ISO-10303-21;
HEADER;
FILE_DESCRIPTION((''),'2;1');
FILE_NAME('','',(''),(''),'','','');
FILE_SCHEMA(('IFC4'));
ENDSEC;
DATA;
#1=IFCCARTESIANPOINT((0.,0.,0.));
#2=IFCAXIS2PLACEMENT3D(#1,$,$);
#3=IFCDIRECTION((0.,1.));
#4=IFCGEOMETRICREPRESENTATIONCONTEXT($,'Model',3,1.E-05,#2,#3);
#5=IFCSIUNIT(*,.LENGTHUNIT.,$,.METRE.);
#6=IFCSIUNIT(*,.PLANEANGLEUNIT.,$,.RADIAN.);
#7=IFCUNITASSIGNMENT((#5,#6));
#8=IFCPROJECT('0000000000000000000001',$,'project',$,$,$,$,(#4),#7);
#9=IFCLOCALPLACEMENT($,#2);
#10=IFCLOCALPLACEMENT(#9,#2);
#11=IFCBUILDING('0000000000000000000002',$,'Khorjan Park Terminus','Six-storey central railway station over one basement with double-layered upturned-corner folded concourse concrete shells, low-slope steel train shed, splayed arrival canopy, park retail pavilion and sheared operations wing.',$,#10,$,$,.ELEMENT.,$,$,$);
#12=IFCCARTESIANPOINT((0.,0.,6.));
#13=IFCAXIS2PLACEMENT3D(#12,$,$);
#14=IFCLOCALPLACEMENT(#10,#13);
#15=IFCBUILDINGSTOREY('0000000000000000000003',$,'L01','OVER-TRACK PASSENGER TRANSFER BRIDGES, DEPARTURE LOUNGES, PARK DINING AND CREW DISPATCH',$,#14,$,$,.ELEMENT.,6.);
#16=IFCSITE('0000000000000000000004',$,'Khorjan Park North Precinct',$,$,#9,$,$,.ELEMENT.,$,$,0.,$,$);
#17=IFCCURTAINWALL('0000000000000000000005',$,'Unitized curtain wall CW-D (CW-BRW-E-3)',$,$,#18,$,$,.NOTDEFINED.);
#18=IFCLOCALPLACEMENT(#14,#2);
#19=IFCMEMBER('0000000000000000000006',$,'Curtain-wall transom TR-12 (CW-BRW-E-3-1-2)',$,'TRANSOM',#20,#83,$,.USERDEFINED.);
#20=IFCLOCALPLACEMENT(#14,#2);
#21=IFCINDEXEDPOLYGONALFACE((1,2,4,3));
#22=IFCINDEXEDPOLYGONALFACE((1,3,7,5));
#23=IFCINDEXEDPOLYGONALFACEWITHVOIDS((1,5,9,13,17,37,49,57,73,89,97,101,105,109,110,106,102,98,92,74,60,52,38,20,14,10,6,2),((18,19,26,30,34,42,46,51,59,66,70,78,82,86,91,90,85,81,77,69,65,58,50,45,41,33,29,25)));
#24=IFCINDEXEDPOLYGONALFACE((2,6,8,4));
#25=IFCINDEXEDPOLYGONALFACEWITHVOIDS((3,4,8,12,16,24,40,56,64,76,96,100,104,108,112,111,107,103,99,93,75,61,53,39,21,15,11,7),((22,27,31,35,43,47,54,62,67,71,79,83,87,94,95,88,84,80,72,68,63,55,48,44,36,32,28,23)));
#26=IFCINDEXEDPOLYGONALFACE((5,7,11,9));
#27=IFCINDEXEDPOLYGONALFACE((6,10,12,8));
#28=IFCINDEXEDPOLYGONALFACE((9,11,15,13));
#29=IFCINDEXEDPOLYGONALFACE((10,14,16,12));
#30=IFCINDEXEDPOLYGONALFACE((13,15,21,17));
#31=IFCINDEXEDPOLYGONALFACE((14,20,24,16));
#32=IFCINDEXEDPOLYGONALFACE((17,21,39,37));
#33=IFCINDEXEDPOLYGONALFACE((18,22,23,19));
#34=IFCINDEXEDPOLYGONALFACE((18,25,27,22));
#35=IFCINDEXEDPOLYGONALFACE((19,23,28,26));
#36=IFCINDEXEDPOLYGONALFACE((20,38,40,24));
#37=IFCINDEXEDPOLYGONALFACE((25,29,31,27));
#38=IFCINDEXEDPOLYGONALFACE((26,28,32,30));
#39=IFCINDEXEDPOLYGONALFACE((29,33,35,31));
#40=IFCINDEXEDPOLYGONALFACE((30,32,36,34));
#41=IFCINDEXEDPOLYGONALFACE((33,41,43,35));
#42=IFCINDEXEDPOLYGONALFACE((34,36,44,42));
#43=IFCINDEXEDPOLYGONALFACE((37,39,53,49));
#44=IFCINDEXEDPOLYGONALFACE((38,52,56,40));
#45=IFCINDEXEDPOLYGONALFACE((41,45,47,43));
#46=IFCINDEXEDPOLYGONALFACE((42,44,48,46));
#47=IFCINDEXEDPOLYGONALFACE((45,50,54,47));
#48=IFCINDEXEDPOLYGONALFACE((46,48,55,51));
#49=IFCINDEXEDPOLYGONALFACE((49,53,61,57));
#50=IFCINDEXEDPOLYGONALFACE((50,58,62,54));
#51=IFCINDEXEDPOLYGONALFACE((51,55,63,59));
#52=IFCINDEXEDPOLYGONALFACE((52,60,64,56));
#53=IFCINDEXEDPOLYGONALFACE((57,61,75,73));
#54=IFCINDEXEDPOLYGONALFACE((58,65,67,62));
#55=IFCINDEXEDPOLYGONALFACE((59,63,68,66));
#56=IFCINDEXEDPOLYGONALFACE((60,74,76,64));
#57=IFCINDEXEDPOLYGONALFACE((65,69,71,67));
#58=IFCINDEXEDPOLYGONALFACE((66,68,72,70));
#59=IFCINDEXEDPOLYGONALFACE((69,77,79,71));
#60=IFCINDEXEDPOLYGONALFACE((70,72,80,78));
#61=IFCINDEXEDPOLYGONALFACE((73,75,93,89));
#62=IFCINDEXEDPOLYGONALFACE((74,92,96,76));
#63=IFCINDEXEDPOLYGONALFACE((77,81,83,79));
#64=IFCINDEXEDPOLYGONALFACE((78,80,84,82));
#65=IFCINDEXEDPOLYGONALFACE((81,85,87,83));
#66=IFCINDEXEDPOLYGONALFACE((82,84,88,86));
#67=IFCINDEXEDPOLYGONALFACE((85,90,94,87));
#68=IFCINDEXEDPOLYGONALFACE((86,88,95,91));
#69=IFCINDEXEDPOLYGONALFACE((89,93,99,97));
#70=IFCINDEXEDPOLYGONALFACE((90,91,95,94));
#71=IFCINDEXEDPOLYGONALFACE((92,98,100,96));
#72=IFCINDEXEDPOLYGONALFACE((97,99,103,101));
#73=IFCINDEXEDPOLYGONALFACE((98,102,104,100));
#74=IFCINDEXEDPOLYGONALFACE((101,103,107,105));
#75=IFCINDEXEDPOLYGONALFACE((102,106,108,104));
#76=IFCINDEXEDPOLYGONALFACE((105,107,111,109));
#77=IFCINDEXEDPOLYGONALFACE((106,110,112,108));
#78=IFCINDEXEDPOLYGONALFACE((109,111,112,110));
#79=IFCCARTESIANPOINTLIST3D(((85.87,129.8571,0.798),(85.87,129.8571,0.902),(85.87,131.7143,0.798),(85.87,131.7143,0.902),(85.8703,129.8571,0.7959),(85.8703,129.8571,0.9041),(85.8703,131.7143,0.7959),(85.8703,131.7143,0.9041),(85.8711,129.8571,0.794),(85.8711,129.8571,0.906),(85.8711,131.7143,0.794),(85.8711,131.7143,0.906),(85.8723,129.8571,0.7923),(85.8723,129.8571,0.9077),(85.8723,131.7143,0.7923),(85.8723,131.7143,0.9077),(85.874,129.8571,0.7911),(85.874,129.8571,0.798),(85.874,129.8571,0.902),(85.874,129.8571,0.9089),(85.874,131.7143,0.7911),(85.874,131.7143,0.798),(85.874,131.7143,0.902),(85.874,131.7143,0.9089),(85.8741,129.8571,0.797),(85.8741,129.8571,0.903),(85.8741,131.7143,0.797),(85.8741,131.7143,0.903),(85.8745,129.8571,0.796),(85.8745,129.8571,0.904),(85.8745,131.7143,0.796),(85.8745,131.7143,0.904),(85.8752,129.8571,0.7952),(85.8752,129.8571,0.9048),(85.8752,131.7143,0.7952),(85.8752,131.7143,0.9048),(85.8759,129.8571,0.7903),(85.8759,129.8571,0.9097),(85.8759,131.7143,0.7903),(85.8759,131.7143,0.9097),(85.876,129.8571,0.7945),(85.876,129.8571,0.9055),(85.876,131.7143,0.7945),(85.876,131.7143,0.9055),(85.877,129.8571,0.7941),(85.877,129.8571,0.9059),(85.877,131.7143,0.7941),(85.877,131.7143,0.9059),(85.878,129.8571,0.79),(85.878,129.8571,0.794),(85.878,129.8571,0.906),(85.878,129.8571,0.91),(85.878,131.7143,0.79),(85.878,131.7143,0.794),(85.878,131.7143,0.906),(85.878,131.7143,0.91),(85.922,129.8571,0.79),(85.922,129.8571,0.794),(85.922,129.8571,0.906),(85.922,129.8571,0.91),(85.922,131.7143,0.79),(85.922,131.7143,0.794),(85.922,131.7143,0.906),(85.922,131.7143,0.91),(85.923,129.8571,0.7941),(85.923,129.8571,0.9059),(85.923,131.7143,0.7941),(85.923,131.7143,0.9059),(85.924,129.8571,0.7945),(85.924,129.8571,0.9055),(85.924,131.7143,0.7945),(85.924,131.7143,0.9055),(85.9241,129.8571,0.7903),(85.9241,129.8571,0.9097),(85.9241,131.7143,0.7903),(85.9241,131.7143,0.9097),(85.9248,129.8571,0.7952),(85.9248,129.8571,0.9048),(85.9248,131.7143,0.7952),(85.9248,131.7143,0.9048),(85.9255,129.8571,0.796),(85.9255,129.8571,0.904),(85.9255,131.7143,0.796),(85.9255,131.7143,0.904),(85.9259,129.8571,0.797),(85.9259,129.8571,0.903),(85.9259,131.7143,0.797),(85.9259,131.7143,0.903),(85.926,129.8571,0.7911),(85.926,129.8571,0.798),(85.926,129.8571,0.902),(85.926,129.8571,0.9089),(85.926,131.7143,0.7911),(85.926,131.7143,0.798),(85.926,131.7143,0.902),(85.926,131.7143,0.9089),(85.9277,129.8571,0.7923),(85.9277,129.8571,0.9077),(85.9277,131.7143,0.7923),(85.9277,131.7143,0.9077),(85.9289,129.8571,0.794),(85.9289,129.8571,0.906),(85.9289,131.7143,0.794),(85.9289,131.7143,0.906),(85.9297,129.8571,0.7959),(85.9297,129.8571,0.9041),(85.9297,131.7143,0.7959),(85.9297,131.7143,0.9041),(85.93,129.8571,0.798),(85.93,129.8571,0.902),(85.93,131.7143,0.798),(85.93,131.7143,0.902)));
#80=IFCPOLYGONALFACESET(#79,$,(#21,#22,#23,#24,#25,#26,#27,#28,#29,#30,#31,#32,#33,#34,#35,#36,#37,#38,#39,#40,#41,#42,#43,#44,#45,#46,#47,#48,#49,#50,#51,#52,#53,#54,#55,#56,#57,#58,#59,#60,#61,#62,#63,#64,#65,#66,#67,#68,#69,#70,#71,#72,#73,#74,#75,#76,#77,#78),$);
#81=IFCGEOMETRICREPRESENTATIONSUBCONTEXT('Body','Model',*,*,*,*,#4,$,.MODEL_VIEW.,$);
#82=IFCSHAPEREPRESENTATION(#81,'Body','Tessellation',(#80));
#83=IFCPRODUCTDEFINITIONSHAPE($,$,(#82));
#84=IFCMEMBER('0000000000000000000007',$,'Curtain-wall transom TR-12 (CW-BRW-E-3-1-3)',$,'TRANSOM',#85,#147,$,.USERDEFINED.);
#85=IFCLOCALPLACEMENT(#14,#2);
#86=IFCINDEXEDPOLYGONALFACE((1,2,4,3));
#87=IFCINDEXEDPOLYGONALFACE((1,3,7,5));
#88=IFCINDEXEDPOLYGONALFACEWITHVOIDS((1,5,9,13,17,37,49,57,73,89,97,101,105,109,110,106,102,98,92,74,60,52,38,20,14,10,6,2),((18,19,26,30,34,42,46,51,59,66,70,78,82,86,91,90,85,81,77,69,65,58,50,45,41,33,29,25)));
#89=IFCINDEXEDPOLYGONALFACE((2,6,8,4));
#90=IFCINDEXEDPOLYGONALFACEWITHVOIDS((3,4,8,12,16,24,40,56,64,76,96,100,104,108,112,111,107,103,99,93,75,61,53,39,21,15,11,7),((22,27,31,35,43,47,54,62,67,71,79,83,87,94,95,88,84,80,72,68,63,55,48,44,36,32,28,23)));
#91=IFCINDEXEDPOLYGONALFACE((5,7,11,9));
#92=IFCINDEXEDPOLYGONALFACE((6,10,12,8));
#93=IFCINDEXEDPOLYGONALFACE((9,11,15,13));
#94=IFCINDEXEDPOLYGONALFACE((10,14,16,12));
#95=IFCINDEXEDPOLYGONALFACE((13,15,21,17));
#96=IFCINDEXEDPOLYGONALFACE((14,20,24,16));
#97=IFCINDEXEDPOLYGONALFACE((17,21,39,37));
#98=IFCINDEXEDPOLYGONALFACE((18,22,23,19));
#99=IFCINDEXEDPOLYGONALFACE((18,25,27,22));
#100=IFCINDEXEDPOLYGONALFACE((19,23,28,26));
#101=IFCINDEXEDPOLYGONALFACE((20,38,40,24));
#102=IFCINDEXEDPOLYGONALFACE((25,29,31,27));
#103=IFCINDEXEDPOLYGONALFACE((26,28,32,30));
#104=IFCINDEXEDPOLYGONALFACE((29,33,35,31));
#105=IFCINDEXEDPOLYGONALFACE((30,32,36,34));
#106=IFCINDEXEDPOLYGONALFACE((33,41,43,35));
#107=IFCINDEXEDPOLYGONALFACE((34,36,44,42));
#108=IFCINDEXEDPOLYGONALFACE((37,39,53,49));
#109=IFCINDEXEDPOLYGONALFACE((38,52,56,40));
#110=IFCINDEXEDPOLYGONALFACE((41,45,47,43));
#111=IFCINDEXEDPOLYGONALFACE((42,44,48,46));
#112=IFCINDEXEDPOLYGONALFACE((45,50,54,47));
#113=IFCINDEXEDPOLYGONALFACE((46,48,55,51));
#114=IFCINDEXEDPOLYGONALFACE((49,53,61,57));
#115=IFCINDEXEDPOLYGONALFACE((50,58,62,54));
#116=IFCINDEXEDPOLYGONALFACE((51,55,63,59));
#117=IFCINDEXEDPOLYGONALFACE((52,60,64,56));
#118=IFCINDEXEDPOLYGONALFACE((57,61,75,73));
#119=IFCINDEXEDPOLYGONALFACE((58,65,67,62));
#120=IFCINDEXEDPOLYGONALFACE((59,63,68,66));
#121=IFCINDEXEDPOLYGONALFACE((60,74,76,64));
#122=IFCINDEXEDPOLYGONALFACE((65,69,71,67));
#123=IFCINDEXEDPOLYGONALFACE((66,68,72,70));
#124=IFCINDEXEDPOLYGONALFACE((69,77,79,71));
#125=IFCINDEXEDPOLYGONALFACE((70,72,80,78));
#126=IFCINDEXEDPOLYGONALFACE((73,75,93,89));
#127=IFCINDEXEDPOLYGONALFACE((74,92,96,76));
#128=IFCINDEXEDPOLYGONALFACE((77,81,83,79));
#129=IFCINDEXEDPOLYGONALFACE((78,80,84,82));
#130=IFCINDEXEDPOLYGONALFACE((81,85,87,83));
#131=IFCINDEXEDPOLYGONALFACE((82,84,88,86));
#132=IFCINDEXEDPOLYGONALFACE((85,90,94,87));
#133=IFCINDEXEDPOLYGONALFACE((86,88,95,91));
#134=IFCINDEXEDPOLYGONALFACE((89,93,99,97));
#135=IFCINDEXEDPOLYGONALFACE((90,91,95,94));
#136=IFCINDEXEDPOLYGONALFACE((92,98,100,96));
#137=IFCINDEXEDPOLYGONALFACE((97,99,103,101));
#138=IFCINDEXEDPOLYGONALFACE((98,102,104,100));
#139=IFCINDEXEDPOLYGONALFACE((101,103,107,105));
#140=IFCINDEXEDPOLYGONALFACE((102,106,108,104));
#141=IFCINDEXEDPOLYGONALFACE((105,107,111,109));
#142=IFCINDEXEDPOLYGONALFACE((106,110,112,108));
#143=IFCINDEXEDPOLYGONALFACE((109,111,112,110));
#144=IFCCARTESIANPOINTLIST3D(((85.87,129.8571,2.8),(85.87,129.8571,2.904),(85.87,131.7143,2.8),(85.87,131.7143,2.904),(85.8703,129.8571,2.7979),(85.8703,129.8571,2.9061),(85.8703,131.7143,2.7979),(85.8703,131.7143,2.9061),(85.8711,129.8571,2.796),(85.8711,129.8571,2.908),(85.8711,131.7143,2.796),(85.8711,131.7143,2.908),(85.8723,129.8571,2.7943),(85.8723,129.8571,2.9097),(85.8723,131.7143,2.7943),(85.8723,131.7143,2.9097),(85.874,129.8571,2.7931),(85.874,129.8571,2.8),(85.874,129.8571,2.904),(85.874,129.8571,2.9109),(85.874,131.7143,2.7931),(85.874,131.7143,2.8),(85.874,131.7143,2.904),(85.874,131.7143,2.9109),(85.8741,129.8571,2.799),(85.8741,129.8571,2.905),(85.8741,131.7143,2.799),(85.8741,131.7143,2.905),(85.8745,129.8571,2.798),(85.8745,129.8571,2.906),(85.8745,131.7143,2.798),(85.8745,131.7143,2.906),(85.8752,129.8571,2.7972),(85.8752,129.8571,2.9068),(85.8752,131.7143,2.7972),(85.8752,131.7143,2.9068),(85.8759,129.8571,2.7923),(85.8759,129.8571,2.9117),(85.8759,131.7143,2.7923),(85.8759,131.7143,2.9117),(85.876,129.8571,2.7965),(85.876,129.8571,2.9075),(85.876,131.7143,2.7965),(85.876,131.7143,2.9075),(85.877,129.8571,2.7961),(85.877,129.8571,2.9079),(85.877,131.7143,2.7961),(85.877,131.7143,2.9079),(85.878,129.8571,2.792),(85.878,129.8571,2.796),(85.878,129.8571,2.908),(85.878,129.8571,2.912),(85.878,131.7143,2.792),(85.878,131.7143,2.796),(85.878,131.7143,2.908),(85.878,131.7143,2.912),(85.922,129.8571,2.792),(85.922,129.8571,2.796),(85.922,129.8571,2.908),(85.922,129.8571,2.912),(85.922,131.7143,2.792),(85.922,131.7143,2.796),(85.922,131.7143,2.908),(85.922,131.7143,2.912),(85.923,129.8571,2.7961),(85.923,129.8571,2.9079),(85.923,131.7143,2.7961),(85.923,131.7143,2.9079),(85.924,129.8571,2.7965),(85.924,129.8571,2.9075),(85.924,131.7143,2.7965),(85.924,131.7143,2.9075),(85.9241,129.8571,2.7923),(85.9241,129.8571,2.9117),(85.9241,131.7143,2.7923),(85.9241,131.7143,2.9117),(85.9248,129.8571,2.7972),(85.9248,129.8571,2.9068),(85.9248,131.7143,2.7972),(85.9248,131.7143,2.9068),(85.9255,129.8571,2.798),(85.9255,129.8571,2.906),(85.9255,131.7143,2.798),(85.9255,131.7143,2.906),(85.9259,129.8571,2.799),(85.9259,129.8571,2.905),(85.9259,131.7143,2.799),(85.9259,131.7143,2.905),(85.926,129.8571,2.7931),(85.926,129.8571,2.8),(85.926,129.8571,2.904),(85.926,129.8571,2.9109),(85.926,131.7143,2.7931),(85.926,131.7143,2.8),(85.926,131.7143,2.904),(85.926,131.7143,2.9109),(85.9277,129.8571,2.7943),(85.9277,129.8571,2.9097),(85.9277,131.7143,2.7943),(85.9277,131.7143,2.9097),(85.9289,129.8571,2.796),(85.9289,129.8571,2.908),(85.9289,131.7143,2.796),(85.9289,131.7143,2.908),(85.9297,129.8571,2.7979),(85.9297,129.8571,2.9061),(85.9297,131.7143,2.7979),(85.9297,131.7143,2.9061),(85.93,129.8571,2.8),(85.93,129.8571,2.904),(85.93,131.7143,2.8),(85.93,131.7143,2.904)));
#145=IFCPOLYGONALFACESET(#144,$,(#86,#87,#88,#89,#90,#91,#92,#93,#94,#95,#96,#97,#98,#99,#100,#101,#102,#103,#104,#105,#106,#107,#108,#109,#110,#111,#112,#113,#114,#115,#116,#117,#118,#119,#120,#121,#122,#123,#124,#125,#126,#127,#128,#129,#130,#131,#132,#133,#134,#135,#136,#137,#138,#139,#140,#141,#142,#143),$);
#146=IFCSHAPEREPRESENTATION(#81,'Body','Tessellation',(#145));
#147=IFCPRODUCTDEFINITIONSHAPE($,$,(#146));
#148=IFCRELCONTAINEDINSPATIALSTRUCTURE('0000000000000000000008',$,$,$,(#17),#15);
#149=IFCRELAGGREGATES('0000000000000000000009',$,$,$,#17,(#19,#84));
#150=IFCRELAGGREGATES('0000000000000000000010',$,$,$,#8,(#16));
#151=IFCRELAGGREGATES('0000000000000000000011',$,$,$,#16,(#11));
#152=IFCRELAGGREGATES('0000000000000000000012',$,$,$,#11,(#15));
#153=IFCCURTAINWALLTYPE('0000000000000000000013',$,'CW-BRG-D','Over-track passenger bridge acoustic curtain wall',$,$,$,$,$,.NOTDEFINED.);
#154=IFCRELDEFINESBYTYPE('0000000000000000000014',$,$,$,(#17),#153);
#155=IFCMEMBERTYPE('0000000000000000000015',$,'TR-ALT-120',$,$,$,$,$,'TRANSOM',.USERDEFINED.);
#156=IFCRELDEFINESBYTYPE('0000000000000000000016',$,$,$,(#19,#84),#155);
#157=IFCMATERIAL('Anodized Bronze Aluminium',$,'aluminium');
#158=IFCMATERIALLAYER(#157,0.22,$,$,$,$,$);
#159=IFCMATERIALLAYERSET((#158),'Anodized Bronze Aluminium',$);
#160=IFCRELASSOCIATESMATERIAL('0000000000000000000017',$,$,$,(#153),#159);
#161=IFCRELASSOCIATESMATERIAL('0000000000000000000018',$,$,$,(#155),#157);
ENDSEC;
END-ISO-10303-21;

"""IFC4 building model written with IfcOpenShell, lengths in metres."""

from ifc_helpers import new_model, si_unit, direction, frame, origin, origin_2d, place, context, subcontext, project, spatial, hollow_rectangle, extrude, material, layer, layer_set, material_profile, profile_set, type_object, element, aggregate, save


model = new_model("IFC4")

# Units and contexts
model_context = context("Model", 3, precision=1e-05, world=origin(), true_north=direction((0.0, 1.0)))
body_context = subcontext(model_context, "Body", "Model", "MODEL_VIEW")
ifc_project = project(units=[si_unit("LENGTHUNIT", "METRE"), si_unit("PLANEANGLEUNIT", "RADIAN")], contexts=[model_context])

# Site, building, storey
site_placement = place(None, origin())
site = spatial("IfcSite", under=ifc_project, at=site_placement, Name="Khorjan Park North Precinct", CompositionType="ELEMENT", RefElevation=0.0)
building_placement = place(site_placement, origin())
building = spatial("IfcBuilding", under=site, at=building_placement, Name="Khorjan Park Terminus", Description="Six-storey central railway station over one basement with double-layered upturned-corner folded concourse concrete shells, low-slope steel train shed, splayed arrival canopy, park retail pavilion and sheared operations wing.", CompositionType="ELEMENT")
storey_placement = place(building_placement, frame((0.0, 0.0, 6.0)))
storey = spatial("IfcBuildingStorey", under=building, at=storey_placement, Name="L01", Description="OVER-TRACK PASSENGER TRANSFER BRIDGES, DEPARTURE LOUNGES, PARK DINING AND CREW DISPATCH", CompositionType="ELEMENT", Elevation=6.0)

# Shared definitions
ifc_material_1 = material(Name="Anodized Bronze Aluminium", Category="aluminium")
ifc_layer_1 = layer(ifc_material_1, 0.22)
ifc_layer_set_1 = layer_set([ifc_layer_1], Name="Anodized Bronze Aluminium")
curtain_wall_type = type_object("IfcCurtainWallType", Name="CW-BRG-D", Description="Over-track passenger bridge acoustic curtain wall", PredefinedType="NOTDEFINED", material=ifc_layer_set_1)

# Curtain wall
curtain_wall_1_placement = place(storey_placement, origin())
curtain_wall_1 = element("IfcCurtainWall", 1, at=curtain_wall_1_placement, inside=storey, type_object=curtain_wall_type, Name="Unitized curtain wall CW-D (CW-BRW-E-3)", PredefinedType="NOTDEFINED")

# Members
ifc_material_profile_1 = material_profile(ifc_material_1, hollow_rectangle(XDim=0.06, YDim=0.12, WallThickness=0.004, InnerFilletRadius=0.004, OuterFilletRadius=0.008, at=origin_2d()), Name="ALT 60x120x4")
ifc_profile_set_1 = profile_set([ifc_material_profile_1], Name="Anodized Bronze Aluminium")
member_type_1 = type_object("IfcMemberType", Name="TR-ALT-120", ElementType="TRANSOM", PredefinedType="USERDEFINED", material=ifc_profile_set_1)
member_1_placement = place(storey_placement, frame((85.9, 129.8571, 0.85), z_axis=(0.0, 1.0, 0.0), x_axis=(-1.0, 0.0, 0.0)))
member_1 = element("IfcMember", 2, at=member_1_placement, type_object=member_type_1, Name="Curtain-wall transom TR-12 (CW-BRW-E-3-1-2)", ObjectType="TRANSOM", PredefinedType="USERDEFINED", context=body_context, shape_type="SweptSolid", body=[
    extrude(hollow_rectangle(XDim=0.06, YDim=0.12, WallThickness=0.004, InnerFilletRadius=0.004, OuterFilletRadius=0.008, at=origin_2d()), origin(), (0.0, 0.0, 1.0), 1.8572),
])
member_2_placement = place(storey_placement, frame((85.9, 129.8571, 2.852), z_axis=(0.0, 1.0, 0.0), x_axis=(-1.0, 0.0, 0.0)))
member_2 = element("IfcMember", 3, at=member_2_placement, type_object=member_type_1, Name="Curtain-wall transom TR-12 (CW-BRW-E-3-1-3)", ObjectType="TRANSOM", PredefinedType="USERDEFINED", context=body_context, shape_type="SweptSolid", body=[
    extrude(hollow_rectangle(XDim=0.06, YDim=0.12, WallThickness=0.004, InnerFilletRadius=0.004, OuterFilletRadius=0.008, at=origin_2d()), origin(), (0.0, 0.0, 1.0), 1.8572),
])

aggregate(curtain_wall_1, [member_1, member_2])

save(model, "model.ifc")
